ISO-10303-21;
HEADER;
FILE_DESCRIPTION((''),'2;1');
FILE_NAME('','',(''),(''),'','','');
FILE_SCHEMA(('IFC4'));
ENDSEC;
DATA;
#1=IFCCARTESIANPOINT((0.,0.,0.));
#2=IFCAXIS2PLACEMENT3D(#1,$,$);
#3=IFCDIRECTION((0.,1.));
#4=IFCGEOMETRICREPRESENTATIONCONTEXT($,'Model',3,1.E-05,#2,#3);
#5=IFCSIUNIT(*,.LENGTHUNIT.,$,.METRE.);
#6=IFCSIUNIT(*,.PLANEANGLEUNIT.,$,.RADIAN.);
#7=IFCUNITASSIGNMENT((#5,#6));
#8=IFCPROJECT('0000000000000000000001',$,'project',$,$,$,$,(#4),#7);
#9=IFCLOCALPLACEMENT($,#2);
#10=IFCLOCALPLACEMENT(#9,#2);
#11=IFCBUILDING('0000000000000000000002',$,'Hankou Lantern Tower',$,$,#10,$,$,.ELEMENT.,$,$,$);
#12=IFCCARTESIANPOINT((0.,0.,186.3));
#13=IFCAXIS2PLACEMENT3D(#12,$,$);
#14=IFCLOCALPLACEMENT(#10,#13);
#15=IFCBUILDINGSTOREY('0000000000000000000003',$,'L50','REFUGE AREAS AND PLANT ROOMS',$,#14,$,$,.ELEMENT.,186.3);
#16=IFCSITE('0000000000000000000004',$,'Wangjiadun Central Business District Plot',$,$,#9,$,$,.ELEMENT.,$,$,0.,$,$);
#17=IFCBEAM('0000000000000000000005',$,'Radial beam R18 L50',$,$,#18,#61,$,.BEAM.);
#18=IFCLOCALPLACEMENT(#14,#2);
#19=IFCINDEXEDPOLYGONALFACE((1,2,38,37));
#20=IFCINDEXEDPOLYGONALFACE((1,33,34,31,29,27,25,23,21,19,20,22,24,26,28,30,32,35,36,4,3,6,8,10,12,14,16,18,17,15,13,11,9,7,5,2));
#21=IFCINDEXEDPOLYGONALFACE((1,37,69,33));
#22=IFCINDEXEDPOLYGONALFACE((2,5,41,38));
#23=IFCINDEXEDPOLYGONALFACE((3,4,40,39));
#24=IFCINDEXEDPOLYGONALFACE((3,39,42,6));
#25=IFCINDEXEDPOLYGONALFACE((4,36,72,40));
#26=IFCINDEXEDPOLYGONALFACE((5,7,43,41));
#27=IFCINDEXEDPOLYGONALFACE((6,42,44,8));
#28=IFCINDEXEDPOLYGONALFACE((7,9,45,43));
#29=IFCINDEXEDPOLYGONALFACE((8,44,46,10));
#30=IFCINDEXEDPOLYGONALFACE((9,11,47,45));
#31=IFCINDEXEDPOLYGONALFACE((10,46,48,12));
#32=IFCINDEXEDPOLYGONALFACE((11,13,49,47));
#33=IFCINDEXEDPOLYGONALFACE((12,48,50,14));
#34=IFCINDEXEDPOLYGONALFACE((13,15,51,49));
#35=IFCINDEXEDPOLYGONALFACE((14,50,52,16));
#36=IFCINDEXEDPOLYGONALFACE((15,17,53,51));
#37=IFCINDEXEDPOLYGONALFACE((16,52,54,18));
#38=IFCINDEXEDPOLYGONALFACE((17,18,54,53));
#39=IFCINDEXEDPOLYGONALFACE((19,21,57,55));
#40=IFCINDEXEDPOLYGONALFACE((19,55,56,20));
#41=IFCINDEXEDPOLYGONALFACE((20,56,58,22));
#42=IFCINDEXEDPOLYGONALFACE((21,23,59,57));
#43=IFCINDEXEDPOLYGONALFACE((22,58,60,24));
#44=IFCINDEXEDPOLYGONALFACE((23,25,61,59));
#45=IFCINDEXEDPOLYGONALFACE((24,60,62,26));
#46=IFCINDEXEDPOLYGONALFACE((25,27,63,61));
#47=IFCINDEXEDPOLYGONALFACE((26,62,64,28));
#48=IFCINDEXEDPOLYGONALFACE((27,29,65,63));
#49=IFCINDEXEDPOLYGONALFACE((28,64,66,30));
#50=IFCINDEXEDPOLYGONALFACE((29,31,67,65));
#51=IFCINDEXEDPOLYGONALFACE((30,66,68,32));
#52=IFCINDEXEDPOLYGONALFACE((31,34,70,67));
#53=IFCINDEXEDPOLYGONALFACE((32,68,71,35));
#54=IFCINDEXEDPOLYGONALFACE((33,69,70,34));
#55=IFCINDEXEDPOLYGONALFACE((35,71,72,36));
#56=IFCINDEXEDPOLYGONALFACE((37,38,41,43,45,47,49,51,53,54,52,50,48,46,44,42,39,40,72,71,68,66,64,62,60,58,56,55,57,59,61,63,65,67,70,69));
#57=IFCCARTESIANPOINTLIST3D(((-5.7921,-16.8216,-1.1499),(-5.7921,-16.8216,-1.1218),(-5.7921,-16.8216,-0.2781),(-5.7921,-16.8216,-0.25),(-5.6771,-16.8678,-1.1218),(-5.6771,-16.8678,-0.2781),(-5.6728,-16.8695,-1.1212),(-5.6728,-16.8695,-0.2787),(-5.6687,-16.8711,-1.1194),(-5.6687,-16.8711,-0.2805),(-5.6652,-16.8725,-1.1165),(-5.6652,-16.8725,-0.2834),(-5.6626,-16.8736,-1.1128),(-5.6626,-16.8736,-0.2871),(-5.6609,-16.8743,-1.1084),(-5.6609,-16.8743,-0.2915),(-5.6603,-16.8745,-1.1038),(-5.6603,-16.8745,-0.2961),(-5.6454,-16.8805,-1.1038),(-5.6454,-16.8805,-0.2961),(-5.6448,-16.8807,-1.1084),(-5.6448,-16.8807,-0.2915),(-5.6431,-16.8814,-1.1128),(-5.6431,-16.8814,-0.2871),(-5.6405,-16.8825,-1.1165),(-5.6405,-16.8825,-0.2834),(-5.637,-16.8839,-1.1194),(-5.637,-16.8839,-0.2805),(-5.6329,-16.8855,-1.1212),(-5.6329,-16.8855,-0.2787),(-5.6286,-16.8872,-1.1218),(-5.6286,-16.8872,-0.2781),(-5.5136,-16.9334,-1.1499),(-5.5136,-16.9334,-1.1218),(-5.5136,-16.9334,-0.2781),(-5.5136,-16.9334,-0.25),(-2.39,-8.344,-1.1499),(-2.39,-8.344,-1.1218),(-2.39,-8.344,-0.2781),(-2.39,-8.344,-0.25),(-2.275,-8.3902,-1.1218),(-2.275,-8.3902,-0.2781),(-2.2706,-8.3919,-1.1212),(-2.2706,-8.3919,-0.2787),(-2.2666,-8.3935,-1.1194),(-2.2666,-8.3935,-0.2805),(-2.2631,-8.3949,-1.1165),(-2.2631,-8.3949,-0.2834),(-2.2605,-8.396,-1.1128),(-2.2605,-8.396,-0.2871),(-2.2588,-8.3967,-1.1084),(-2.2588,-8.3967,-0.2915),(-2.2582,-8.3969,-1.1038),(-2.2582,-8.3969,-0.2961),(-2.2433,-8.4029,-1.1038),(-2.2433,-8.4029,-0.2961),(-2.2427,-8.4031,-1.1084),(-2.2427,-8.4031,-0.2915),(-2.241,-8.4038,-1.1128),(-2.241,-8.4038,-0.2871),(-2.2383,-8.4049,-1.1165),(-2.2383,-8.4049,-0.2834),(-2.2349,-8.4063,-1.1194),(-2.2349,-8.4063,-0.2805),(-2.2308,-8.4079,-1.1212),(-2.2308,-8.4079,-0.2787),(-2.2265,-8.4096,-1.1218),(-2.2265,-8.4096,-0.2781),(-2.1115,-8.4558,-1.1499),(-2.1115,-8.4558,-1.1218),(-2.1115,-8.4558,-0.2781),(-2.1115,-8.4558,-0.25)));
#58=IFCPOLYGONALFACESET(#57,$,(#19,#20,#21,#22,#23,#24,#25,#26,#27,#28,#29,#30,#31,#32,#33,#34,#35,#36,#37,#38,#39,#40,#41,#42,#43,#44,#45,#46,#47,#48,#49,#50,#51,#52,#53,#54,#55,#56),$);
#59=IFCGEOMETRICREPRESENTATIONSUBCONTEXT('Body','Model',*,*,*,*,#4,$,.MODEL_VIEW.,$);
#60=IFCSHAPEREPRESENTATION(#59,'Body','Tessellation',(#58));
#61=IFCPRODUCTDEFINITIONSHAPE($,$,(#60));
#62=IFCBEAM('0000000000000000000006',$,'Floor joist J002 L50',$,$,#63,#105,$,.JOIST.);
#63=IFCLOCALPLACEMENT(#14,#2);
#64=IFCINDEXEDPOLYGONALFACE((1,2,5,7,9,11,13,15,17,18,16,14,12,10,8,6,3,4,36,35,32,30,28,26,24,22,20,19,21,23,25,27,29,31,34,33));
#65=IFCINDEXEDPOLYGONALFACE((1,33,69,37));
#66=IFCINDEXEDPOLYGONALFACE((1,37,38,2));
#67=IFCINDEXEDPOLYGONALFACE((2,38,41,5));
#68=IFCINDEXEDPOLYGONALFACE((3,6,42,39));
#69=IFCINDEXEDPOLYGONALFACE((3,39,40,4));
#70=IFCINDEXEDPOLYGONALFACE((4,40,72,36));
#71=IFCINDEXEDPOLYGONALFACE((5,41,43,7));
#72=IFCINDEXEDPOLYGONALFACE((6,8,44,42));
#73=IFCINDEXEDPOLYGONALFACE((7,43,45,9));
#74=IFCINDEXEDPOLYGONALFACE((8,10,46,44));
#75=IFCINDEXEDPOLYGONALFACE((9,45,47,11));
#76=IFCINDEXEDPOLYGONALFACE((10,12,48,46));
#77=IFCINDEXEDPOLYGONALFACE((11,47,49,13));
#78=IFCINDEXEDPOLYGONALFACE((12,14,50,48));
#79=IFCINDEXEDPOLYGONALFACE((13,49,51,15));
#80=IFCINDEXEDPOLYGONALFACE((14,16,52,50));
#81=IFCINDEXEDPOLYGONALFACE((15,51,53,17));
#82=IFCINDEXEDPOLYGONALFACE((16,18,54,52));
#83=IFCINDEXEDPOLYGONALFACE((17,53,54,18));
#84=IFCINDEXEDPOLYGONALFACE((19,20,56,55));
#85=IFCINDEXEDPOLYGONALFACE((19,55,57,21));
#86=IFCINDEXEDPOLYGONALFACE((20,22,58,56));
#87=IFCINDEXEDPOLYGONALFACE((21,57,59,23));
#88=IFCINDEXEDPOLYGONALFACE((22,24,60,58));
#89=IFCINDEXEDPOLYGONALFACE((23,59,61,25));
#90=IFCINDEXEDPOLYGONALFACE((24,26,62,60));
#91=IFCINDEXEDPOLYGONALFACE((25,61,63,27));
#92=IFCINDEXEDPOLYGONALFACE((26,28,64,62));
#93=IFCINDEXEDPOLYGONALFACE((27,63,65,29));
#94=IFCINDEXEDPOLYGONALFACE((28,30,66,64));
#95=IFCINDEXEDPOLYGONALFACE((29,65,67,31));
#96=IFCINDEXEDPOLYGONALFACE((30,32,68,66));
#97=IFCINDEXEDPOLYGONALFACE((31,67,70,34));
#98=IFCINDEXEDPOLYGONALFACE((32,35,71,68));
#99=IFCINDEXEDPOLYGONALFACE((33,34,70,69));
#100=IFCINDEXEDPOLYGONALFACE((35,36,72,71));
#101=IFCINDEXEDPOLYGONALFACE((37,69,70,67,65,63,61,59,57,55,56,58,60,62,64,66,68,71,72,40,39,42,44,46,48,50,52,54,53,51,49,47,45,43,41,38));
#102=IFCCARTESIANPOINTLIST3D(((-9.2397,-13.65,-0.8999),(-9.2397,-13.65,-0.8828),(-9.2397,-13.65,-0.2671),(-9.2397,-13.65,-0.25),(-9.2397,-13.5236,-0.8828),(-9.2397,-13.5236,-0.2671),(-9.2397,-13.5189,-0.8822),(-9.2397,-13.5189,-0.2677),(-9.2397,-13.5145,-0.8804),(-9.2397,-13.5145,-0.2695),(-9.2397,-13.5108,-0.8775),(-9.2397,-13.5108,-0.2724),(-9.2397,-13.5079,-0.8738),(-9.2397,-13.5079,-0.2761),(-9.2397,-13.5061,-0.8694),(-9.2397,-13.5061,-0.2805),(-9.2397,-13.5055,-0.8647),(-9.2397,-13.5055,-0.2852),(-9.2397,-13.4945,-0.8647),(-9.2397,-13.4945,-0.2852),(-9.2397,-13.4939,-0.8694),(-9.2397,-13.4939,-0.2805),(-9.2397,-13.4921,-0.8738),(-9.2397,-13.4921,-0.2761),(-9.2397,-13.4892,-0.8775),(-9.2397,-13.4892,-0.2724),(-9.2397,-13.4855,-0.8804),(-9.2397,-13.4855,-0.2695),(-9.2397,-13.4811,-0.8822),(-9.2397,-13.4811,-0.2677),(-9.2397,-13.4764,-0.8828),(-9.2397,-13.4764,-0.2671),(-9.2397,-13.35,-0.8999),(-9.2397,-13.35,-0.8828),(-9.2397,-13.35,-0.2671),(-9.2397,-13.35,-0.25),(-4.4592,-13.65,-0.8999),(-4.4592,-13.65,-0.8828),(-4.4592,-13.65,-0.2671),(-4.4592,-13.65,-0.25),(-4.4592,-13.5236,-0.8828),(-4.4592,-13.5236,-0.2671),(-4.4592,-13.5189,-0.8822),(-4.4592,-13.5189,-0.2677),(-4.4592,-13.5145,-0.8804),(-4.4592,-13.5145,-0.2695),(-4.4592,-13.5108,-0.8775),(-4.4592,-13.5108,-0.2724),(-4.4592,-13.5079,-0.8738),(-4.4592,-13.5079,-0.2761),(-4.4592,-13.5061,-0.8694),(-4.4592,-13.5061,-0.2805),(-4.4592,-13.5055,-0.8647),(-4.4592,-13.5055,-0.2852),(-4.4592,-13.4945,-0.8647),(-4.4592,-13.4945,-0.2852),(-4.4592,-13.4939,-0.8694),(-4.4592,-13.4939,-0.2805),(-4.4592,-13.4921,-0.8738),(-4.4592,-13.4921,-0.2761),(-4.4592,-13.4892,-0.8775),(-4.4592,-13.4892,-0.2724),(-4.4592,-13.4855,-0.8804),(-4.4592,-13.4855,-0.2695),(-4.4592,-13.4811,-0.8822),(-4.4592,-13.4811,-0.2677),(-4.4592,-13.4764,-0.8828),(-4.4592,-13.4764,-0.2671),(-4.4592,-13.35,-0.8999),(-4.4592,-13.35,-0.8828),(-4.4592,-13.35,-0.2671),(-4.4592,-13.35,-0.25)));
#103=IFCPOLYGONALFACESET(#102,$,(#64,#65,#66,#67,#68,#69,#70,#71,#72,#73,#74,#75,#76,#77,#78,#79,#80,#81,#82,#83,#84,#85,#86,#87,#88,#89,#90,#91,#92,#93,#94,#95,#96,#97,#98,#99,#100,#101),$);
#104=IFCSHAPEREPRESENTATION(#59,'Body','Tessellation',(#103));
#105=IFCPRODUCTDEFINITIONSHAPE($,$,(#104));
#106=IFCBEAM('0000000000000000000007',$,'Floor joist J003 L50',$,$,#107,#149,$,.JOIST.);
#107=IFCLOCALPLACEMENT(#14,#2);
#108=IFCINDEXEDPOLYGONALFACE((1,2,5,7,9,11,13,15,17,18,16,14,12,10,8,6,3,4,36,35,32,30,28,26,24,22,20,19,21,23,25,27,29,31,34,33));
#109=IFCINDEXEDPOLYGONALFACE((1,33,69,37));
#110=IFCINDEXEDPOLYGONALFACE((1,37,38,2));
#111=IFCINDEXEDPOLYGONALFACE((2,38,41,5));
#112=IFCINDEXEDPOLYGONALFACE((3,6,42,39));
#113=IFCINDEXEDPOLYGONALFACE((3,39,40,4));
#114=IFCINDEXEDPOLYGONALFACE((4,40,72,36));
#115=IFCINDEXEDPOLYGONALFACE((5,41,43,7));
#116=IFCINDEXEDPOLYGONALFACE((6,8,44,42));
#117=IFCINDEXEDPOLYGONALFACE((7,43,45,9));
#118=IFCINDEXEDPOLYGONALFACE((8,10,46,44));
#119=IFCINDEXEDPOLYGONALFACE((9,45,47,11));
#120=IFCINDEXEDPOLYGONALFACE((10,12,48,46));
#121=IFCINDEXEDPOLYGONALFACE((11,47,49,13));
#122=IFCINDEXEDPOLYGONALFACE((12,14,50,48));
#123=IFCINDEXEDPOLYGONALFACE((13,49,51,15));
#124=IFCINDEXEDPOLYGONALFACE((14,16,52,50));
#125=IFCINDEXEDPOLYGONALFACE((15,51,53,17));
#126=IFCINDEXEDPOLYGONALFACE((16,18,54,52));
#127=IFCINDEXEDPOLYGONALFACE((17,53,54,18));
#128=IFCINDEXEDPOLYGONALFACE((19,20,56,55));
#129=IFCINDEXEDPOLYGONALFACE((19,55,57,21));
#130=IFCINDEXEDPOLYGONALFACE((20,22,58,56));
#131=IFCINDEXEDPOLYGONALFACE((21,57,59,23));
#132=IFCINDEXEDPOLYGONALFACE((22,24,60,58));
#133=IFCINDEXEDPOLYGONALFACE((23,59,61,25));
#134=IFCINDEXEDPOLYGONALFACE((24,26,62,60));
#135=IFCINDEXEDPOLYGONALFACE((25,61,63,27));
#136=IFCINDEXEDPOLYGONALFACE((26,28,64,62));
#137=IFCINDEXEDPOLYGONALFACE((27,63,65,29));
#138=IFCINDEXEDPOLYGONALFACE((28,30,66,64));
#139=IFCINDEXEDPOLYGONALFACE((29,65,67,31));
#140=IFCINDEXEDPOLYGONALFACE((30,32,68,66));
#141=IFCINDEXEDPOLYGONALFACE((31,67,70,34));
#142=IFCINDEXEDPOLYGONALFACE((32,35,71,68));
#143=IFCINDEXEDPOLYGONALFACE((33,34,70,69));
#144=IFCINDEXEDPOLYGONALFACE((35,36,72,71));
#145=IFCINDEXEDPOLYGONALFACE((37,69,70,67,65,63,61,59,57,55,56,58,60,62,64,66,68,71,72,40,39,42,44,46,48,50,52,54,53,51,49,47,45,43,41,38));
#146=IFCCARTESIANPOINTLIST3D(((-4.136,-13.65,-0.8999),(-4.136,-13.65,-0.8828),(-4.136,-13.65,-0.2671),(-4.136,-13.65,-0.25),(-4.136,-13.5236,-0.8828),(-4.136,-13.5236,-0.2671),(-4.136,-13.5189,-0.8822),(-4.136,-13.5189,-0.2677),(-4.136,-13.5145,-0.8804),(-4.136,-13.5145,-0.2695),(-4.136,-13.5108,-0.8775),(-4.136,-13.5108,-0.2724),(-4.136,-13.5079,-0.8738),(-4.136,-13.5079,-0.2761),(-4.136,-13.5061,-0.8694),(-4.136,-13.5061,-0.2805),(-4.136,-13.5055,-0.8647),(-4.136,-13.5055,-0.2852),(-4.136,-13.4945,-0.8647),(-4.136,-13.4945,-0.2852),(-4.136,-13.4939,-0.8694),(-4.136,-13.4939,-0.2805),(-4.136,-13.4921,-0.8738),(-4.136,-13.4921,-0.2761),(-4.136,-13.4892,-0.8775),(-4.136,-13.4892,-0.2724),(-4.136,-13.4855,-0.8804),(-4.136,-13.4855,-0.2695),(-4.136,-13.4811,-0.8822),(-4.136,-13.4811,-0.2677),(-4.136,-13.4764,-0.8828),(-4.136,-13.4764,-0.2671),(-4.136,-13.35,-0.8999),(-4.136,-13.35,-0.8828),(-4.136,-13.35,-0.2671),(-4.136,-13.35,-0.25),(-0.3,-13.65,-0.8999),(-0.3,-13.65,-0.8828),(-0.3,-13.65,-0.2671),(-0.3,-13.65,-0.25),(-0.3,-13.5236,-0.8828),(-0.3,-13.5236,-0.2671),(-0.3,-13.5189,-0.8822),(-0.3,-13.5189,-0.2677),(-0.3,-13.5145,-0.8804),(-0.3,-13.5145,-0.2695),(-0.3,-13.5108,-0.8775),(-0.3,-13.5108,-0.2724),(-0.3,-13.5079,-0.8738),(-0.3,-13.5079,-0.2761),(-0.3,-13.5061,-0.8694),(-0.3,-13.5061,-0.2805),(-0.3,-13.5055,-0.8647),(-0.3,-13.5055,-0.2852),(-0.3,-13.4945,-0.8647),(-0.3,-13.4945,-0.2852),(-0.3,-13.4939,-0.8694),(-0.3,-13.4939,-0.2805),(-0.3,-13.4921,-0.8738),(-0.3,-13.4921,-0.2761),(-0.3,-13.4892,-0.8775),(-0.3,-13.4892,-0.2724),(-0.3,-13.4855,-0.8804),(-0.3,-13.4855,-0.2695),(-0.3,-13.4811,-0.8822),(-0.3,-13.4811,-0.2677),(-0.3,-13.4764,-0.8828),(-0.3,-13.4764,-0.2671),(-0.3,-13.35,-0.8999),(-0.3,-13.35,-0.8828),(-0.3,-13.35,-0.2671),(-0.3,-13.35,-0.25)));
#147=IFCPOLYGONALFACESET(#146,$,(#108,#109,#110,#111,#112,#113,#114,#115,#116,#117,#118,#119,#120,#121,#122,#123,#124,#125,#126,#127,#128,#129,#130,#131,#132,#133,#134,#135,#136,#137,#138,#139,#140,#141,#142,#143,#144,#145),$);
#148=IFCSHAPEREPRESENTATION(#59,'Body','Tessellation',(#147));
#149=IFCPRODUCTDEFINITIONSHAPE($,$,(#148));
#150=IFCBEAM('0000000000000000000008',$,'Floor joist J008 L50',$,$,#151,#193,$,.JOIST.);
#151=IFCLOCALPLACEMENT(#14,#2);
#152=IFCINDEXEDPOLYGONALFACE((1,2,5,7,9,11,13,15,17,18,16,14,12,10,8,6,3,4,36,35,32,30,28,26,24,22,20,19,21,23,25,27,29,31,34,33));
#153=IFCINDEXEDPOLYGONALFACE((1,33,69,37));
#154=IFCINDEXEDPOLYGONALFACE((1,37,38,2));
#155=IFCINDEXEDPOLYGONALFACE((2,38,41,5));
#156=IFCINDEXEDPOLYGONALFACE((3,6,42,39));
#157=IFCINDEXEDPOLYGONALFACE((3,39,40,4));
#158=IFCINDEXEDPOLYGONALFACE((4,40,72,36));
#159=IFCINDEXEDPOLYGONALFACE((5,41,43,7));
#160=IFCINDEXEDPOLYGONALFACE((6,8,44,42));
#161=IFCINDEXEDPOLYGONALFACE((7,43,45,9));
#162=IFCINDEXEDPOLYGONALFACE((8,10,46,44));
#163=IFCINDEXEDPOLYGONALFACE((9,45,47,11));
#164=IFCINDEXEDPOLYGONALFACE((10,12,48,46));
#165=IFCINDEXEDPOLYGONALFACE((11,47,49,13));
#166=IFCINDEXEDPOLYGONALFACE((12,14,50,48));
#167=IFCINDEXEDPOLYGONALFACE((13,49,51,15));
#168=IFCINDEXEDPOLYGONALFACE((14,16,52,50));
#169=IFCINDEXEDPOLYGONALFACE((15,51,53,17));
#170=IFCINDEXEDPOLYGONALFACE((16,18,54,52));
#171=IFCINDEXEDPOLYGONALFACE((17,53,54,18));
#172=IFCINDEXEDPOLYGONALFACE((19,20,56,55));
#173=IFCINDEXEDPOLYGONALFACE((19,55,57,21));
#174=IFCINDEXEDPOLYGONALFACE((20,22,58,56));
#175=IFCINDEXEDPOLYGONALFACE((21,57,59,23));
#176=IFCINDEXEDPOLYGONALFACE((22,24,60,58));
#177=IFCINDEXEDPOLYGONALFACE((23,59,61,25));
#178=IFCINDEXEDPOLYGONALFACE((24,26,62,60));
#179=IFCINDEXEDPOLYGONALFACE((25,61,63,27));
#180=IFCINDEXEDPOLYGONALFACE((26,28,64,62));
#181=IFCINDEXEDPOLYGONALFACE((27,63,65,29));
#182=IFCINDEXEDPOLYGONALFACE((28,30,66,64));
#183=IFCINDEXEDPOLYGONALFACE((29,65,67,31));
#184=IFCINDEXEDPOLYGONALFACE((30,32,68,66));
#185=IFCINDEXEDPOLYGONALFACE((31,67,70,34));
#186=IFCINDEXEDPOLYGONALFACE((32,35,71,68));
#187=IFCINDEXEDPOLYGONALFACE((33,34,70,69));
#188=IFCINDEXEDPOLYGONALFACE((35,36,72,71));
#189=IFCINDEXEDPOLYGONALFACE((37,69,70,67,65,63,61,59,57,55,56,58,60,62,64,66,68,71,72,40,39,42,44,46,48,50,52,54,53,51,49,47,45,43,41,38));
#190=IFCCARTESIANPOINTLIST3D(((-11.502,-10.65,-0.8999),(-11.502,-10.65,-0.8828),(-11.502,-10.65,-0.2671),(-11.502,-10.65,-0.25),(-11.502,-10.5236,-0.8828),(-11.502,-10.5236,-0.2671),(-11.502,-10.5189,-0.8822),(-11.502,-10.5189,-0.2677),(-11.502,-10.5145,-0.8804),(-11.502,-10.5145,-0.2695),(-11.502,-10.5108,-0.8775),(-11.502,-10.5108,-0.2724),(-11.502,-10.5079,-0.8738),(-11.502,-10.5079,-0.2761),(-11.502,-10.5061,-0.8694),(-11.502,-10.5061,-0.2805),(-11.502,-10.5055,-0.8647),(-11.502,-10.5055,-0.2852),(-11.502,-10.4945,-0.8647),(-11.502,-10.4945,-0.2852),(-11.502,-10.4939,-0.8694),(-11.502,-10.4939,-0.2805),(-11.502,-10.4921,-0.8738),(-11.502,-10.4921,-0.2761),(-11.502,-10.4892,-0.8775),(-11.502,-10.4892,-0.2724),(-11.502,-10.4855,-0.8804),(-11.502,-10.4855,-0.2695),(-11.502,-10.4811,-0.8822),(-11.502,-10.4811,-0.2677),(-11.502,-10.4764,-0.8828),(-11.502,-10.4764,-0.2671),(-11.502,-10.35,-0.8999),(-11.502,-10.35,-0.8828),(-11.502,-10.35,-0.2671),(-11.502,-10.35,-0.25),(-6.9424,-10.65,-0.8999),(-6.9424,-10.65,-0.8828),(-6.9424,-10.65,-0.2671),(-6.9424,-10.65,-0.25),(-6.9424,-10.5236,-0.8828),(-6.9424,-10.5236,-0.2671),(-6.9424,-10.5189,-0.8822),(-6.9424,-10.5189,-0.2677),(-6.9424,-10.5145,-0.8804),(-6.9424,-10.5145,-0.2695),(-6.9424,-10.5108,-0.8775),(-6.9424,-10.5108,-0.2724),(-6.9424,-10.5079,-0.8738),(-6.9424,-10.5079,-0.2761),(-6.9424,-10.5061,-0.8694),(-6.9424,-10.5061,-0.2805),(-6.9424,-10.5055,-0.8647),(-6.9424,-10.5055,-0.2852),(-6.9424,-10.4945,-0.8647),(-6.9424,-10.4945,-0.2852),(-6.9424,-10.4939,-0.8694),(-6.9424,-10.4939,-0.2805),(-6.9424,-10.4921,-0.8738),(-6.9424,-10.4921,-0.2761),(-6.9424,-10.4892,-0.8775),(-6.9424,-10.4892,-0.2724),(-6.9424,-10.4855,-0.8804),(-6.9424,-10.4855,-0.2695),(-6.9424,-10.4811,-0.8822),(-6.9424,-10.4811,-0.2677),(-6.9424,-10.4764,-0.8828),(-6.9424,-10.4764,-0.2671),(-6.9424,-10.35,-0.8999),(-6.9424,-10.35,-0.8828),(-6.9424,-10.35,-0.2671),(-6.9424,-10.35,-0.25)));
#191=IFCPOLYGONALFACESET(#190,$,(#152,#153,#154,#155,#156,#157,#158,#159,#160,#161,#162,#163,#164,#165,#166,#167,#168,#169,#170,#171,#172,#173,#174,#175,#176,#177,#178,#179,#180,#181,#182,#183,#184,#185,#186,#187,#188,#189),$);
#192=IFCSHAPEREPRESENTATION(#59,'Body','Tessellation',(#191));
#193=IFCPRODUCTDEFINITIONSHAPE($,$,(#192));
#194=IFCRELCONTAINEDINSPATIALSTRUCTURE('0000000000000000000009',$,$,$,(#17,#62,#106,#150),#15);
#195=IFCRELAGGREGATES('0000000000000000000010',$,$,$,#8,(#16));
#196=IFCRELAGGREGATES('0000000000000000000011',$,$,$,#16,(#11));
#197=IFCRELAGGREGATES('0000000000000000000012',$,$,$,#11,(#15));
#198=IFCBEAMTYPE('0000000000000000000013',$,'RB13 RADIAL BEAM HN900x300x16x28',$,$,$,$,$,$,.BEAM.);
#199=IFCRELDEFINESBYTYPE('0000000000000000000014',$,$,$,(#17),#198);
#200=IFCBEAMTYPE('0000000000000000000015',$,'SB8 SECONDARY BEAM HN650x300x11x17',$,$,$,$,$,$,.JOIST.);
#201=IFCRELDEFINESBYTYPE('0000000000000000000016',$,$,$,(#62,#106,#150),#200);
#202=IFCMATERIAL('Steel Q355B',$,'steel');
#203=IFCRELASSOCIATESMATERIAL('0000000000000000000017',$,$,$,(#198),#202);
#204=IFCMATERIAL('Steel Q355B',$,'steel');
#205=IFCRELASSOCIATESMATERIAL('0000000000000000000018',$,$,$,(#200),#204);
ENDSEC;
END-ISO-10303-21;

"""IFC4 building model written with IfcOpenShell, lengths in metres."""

from ifc_helpers import new_model, si_unit, direction, frame, origin, origin_2d, place, context, subcontext, project, spatial, i_section, extrude, material, material_profile, profile_set, type_object, element, save


model = new_model("IFC4")

# Units and contexts
model_context = context("Model", 3, precision=1e-05, world=origin(), true_north=direction((0.0, 1.0)))
body_context = subcontext(model_context, "Body", "Model", "MODEL_VIEW")
ifc_project = project(units=[si_unit("LENGTHUNIT", "METRE"), si_unit("PLANEANGLEUNIT", "RADIAN")], contexts=[model_context])

# Site, building, storey
site_placement = place(None, origin())
site = spatial("IfcSite", under=ifc_project, at=site_placement, Name="Wangjiadun Central Business District Plot", CompositionType="ELEMENT", RefElevation=0.0)
building_placement = place(site_placement, origin())
building = spatial("IfcBuilding", under=site, at=building_placement, Name="Hankou Lantern Tower", CompositionType="ELEMENT")
storey_placement = place(building_placement, frame((0.0, 0.0, 186.3)))
storey = spatial("IfcBuildingStorey", under=building, at=storey_placement, Name="L50", Description="REFUGE AREAS AND PLANT ROOMS", CompositionType="ELEMENT", Elevation=186.3)

# Beams
ifc_material_1 = material(Name="Steel Q355B", Category="steel")
ifc_material_profile_1 = material_profile(ifc_material_1, i_section(OverallWidth=0.3, OverallDepth=0.8999, WebThickness=0.0161, FlangeThickness=0.0281, FilletRadius=0.0181, at=origin_2d()), Name="HN900x300x16x28")
ifc_profile_set_1 = profile_set([ifc_material_profile_1], Name="Steel Q355B")
beam_type_1 = type_object("IfcBeamType", Name="RB13 RADIAL BEAM HN900x300x16x28", PredefinedType="BEAM", material=ifc_profile_set_1)
beam_1_placement = place(storey_placement, frame((-2.2507, -8.3999, -0.7), z_axis=(-0.372436, -0.928058, 0.0), x_axis=(0.928058, -0.372436, 0.0)))
element("IfcBeam", 1, at=beam_1_placement, inside=storey, type_object=beam_type_1, Name="Radial beam R18 L50", PredefinedType="BEAM", context=body_context, shape_type="SweptSolid", body=[
    extrude(i_section(OverallWidth=0.3, OverallDepth=0.8999, WebThickness=0.0161, FlangeThickness=0.0281, FilletRadius=0.0181, at=origin_2d()), origin(), (0.0, 0.0, 1.0), 9.1348),
])
ifc_material_2 = material(Name="Steel Q355B", Category="steel")
ifc_material_profile_2 = material_profile(ifc_material_2, i_section(OverallWidth=0.3, OverallDepth=0.6499, WebThickness=0.011, FlangeThickness=0.0171, FilletRadius=0.0181, at=origin_2d()), Name="HN650x300x11x17")
ifc_profile_set_2 = profile_set([ifc_material_profile_2], Name="Steel Q355B")
beam_type_2 = type_object("IfcBeamType", Name="SB8 SECONDARY BEAM HN650x300x11x17", PredefinedType="JOIST", material=ifc_profile_set_2)
beam_2_placement = place(storey_placement, frame((-9.2397, -13.5, -0.575), z_axis=(1.0, 0.0, 0.0), x_axis=(0.0, 1.0, 0.0)))
element("IfcBeam", 2, at=beam_2_placement, inside=storey, type_object=beam_type_2, Name="Floor joist J002 L50", PredefinedType="JOIST", context=body_context, shape_type="SweptSolid", body=[
    extrude(i_section(OverallWidth=0.3, OverallDepth=0.6499, WebThickness=0.011, FlangeThickness=0.0171, FilletRadius=0.0181, at=origin_2d()), origin(), (0.0, 0.0, 1.0), 4.7805),
])
beam_3_placement = place(storey_placement, frame((-4.136, -13.5, -0.575), z_axis=(1.0, 0.0, 0.0), x_axis=(0.0, 1.0, 0.0)))
element("IfcBeam", 3, at=beam_3_placement, inside=storey, type_object=beam_type_2, Name="Floor joist J003 L50", PredefinedType="JOIST", context=body_context, shape_type="SweptSolid", body=[
    extrude(i_section(OverallWidth=0.3, OverallDepth=0.6499, WebThickness=0.011, FlangeThickness=0.0171, FilletRadius=0.0181, at=origin_2d()), origin(), (0.0, 0.0, 1.0), 3.8359),
])
beam_4_placement = place(storey_placement, frame((-11.502, -10.5, -0.575), z_axis=(1.0, 0.0, 0.0), x_axis=(0.0, 1.0, 0.0)))
element("IfcBeam", 4, at=beam_4_placement, inside=storey, type_object=beam_type_2, Name="Floor joist J008 L50", PredefinedType="JOIST", context=body_context, shape_type="SweptSolid", body=[
    extrude(i_section(OverallWidth=0.3, OverallDepth=0.6499, WebThickness=0.011, FlangeThickness=0.0171, FilletRadius=0.0181, at=origin_2d()), origin(), (0.0, 0.0, 1.0), 4.5596),
])

save(model, "model.ifc")
